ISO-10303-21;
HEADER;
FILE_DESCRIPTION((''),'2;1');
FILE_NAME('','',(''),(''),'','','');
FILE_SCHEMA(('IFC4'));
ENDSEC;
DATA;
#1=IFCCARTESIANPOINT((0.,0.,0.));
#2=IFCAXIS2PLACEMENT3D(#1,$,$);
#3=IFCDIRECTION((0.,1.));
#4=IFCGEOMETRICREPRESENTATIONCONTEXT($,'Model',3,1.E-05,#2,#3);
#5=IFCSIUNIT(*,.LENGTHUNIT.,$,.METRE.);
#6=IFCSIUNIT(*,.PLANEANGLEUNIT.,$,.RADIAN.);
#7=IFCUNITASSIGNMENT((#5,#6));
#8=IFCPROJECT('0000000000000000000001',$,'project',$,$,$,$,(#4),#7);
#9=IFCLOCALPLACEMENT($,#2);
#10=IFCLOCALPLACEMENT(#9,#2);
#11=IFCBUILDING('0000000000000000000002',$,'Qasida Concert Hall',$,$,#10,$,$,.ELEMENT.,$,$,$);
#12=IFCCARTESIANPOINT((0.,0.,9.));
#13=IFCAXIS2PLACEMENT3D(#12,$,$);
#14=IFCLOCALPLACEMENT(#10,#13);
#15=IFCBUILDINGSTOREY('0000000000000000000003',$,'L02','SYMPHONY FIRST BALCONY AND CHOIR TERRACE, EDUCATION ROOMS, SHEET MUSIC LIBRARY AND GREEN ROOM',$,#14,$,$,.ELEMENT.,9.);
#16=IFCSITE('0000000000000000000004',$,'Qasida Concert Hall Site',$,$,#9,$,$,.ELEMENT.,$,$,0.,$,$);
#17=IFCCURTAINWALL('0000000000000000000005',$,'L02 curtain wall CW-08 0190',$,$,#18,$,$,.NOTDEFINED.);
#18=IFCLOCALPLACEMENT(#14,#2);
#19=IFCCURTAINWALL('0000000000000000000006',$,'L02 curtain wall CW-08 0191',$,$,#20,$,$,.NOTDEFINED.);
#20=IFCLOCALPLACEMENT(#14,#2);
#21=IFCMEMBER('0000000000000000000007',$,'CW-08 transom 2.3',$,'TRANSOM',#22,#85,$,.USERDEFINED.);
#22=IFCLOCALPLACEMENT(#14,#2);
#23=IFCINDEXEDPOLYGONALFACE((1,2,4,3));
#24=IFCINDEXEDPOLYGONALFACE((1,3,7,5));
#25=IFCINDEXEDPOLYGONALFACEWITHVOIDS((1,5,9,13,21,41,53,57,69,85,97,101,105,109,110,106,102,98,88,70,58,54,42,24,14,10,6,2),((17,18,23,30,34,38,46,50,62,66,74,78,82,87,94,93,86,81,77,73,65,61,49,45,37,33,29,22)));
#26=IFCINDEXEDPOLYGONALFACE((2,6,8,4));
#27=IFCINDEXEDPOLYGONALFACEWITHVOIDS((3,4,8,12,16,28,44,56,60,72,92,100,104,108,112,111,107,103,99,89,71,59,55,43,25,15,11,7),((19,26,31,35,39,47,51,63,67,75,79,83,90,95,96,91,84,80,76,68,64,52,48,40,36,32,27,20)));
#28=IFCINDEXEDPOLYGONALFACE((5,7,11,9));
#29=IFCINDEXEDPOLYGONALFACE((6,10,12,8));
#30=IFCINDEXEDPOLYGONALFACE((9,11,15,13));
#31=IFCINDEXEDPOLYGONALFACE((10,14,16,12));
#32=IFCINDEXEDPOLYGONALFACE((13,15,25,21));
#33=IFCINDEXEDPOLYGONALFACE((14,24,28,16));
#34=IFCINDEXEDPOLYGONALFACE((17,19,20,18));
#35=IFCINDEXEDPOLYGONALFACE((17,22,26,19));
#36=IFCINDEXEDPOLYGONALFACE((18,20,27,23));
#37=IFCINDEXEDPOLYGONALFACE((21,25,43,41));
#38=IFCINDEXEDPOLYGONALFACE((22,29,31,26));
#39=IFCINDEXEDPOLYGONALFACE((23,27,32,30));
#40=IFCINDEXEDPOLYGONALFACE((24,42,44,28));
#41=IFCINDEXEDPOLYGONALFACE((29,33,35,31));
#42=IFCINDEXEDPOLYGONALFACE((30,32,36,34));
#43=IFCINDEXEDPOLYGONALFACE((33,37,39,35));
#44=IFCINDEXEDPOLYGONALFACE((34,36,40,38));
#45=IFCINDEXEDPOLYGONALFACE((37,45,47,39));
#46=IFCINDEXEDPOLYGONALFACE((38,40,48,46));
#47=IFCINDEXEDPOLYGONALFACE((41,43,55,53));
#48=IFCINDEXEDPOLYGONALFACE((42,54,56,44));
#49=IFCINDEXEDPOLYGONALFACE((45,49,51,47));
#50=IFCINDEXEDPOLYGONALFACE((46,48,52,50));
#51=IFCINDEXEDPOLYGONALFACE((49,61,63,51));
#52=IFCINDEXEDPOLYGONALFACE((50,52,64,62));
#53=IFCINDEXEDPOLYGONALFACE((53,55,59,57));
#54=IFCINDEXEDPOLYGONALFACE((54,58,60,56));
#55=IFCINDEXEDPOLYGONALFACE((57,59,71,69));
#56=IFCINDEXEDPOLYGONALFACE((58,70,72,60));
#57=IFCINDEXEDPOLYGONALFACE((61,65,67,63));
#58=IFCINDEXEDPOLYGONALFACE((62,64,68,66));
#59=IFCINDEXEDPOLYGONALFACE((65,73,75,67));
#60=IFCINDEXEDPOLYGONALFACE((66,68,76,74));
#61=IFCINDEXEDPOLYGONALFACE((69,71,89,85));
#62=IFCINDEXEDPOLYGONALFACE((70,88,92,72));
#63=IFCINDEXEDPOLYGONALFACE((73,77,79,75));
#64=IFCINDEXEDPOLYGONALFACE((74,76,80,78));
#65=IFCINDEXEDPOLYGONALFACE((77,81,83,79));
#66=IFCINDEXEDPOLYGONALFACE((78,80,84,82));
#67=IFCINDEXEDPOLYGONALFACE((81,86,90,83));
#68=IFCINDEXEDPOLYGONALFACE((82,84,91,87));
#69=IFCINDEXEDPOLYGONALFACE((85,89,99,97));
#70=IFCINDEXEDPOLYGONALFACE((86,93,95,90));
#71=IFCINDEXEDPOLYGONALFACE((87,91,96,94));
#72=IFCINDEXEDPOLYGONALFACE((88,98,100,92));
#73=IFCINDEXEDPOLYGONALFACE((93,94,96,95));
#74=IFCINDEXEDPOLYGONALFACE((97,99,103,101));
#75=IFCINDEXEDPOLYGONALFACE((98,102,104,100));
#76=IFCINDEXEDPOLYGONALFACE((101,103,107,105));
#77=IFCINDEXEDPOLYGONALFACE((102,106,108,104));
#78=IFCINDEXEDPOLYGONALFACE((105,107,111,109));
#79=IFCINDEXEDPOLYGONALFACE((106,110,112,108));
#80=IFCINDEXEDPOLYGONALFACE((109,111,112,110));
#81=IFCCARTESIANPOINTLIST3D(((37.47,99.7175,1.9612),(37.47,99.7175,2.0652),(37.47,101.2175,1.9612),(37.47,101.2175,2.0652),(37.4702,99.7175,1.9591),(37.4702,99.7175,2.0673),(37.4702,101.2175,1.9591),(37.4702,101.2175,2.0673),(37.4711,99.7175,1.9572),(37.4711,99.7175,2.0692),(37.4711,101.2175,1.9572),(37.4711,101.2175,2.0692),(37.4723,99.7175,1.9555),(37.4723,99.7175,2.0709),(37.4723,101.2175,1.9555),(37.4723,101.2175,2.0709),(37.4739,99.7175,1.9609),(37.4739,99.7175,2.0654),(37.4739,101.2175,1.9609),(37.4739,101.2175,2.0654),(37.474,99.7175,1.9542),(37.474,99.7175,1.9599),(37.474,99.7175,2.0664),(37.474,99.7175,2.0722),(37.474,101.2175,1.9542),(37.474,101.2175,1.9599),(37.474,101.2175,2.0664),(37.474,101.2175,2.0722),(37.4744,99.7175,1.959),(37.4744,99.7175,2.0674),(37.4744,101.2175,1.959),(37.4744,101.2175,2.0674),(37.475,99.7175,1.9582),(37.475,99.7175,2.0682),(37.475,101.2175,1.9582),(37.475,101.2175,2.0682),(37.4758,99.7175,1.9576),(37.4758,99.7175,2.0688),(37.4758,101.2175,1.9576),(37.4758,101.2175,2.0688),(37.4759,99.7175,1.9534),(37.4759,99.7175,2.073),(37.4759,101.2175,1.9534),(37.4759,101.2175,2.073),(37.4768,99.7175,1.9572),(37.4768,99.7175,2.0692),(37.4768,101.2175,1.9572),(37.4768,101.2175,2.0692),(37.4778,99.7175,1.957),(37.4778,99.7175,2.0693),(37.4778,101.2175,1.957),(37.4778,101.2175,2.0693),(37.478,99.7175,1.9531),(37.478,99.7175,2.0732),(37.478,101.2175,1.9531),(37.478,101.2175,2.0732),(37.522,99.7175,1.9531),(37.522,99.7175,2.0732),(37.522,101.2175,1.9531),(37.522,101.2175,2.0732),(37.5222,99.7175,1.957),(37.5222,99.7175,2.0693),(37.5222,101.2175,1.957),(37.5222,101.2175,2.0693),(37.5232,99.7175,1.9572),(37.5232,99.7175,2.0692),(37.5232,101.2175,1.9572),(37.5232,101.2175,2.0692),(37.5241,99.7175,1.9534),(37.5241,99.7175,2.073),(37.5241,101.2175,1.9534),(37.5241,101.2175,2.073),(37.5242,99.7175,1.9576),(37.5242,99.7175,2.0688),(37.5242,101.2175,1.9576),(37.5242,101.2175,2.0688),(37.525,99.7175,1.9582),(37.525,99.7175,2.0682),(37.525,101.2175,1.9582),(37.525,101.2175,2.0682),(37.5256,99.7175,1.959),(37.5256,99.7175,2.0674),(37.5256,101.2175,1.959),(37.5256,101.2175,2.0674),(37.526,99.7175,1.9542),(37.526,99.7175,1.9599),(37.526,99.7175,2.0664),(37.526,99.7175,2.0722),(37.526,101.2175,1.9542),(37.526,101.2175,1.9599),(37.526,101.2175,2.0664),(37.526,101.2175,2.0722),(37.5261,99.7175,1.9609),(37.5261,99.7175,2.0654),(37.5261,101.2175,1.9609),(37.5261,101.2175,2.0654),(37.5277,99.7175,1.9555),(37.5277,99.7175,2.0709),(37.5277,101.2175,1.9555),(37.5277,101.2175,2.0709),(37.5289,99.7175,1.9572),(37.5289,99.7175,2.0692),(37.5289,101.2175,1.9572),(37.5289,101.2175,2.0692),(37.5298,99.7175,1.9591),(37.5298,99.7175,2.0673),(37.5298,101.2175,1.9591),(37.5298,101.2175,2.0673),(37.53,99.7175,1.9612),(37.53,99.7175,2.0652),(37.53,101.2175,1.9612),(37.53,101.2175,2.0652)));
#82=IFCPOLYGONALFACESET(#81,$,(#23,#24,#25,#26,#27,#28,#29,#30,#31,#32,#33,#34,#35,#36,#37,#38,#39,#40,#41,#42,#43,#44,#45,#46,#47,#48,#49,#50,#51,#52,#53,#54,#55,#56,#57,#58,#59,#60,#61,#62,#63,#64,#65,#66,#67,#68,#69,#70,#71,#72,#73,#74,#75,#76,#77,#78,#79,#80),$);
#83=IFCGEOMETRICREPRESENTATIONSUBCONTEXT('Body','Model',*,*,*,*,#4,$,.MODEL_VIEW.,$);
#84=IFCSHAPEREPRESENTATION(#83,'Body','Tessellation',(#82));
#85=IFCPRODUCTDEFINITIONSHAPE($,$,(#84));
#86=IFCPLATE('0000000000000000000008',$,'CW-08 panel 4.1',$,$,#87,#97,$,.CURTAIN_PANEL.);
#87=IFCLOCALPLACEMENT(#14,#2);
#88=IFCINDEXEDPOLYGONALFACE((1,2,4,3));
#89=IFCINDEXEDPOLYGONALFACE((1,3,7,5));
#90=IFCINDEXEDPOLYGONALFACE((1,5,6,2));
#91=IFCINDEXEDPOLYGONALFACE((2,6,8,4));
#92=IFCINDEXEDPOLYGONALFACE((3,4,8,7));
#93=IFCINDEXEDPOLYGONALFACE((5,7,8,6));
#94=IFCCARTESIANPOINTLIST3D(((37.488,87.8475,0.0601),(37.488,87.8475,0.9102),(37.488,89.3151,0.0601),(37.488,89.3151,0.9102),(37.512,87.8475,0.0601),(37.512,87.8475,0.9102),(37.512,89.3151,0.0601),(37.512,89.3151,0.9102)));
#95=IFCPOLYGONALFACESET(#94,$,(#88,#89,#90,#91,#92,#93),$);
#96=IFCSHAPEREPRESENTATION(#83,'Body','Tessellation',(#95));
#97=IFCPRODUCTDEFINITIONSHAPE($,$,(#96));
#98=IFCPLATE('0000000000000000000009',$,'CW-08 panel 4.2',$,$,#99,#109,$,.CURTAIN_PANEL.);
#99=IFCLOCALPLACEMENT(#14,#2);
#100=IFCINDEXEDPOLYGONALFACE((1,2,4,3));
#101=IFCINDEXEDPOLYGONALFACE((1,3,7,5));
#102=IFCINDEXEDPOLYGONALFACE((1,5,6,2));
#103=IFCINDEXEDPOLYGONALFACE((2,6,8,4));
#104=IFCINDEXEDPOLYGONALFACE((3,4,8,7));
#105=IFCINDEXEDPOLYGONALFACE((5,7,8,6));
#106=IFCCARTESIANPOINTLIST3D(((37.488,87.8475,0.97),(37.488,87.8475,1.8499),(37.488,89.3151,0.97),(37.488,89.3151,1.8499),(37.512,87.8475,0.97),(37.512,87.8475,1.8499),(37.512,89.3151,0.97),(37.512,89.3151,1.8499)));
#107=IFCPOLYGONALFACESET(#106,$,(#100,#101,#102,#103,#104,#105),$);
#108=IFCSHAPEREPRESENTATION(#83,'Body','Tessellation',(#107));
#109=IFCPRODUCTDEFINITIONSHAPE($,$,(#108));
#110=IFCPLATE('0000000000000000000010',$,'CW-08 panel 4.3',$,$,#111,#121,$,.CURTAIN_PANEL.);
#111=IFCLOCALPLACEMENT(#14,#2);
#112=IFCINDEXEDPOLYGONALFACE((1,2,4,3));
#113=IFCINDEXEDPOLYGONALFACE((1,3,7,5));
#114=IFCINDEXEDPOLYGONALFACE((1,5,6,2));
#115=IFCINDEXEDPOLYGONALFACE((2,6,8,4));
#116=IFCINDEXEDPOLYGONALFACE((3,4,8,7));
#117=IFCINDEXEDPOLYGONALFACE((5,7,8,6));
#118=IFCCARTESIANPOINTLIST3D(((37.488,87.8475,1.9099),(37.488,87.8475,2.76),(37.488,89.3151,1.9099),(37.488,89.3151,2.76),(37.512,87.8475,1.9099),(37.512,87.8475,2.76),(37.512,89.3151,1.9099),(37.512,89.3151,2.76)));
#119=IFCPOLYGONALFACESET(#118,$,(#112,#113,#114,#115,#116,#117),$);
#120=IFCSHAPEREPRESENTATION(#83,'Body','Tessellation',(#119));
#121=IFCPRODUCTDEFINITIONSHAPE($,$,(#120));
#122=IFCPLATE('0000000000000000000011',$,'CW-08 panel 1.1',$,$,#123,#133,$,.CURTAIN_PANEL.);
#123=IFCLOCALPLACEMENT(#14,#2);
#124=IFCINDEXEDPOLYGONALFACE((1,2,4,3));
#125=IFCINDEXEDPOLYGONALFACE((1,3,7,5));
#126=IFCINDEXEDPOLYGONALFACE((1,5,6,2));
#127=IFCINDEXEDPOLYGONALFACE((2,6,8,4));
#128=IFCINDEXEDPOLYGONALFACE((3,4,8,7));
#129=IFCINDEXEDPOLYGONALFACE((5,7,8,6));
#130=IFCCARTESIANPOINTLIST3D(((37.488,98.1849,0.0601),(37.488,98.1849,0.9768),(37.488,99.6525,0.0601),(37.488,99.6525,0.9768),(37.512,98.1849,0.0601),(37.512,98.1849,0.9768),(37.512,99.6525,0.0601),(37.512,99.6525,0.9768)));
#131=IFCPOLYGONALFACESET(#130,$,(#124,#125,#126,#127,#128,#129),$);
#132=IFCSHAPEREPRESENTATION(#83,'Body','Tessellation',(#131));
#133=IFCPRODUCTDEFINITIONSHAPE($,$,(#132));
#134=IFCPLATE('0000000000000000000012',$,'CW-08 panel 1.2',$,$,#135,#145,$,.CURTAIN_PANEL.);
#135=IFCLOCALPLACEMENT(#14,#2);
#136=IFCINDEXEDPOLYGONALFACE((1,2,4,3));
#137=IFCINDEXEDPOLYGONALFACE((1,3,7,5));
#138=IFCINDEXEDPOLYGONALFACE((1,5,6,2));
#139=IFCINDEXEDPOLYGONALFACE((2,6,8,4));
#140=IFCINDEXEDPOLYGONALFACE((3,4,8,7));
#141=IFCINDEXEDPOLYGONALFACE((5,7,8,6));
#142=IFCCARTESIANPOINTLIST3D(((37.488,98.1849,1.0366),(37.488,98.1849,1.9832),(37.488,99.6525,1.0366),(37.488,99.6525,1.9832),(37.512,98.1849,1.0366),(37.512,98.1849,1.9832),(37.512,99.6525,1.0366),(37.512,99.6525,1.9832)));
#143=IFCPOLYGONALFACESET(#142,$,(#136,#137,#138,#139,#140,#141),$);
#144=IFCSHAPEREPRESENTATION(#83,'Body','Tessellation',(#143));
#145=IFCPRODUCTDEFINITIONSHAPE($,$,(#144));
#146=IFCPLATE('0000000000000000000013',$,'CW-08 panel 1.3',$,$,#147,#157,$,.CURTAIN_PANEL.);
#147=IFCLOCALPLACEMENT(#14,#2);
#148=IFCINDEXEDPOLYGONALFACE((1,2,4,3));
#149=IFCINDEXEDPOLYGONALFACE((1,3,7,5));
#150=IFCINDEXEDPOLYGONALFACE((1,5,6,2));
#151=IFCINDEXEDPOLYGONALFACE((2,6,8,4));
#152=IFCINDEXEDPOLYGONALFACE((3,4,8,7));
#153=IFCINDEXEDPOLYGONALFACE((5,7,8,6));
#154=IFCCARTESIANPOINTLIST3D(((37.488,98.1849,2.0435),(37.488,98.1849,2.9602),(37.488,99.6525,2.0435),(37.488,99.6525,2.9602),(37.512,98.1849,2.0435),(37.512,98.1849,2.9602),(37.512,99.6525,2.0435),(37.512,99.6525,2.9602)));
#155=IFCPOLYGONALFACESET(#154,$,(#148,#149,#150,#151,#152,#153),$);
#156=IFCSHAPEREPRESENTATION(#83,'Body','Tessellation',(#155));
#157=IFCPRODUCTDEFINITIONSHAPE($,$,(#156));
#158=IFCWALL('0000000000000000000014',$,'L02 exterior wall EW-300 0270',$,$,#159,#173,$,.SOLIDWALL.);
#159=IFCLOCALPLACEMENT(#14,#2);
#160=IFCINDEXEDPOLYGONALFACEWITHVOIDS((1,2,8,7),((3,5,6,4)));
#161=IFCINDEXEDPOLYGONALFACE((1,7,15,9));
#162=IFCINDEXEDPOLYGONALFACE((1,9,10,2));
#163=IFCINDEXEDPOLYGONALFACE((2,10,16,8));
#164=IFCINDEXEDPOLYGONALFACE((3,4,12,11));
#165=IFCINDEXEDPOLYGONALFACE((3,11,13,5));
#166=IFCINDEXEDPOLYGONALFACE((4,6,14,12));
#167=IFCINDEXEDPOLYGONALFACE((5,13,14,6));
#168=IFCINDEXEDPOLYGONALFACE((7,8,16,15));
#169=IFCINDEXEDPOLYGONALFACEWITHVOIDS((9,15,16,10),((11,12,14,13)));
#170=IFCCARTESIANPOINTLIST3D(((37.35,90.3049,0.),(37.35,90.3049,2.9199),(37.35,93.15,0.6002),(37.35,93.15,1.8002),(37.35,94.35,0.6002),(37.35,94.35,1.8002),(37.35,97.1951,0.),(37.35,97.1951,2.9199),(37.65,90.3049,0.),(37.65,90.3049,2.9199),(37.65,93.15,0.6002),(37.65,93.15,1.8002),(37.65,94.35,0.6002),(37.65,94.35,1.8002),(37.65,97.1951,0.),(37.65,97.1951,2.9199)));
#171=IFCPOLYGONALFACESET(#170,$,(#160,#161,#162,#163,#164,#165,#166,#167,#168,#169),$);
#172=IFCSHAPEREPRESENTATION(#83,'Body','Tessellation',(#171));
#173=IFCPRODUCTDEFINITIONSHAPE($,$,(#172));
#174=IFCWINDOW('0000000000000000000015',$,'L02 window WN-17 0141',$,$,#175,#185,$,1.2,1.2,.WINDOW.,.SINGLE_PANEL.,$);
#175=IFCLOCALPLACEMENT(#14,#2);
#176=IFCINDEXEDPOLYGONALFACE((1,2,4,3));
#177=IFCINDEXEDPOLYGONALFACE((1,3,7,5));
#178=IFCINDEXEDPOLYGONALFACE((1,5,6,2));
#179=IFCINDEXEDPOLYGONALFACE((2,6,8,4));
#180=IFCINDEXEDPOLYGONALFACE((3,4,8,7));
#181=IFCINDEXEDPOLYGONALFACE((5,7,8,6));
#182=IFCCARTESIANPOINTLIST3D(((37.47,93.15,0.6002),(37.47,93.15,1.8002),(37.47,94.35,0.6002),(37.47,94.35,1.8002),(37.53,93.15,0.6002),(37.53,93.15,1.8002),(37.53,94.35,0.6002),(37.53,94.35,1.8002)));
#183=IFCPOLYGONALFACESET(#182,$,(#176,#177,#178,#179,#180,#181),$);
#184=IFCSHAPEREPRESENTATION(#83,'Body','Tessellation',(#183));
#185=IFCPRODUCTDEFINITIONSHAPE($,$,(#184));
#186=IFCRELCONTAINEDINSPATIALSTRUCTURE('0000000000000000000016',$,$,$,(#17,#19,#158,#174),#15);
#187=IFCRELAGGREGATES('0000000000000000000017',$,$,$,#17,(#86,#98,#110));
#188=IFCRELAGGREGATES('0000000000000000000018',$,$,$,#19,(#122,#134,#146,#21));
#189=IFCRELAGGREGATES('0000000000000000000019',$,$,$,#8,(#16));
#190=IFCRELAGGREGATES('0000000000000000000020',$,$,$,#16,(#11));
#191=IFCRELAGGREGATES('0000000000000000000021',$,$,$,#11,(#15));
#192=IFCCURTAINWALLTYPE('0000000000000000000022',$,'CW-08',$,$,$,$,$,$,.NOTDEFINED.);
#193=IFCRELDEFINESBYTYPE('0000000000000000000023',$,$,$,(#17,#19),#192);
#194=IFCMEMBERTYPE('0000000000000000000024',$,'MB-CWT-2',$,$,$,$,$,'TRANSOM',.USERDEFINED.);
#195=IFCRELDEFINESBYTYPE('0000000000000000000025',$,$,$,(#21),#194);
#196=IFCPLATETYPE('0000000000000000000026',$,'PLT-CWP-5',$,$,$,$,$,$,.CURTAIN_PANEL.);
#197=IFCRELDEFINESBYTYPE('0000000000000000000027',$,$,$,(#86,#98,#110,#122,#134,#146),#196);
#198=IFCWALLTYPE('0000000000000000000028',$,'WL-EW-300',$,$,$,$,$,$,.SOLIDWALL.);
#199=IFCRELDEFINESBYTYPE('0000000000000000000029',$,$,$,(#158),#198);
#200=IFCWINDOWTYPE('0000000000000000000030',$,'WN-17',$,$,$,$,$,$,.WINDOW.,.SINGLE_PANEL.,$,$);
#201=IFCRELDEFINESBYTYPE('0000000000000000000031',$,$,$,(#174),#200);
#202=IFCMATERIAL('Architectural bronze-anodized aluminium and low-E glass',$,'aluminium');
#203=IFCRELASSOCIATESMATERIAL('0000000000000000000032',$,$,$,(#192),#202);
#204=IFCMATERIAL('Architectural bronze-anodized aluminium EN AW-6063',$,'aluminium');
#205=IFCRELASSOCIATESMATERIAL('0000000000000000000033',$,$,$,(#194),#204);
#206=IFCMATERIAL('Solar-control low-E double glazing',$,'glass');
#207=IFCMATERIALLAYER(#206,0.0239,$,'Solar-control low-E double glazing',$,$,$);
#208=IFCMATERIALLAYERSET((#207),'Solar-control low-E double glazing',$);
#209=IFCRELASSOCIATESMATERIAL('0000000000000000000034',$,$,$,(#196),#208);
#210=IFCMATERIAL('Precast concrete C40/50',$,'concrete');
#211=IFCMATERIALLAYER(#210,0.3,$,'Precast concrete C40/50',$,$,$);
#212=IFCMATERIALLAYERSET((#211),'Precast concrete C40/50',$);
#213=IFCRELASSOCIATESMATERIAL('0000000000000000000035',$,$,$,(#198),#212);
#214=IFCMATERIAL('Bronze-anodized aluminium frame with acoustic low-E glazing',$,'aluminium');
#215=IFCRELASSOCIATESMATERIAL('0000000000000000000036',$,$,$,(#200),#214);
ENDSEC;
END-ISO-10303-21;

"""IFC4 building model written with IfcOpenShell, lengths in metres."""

from ifc_helpers import new_model, si_unit, direction, frame, frame_2d, origin, origin_2d, place, context, subcontext, project, spatial, rectangle, hollow_rectangle, extrude, material, layer, layer_set, material_profile, profile_set, type_object, element, fill, aggregate, save


model = new_model("IFC4")

# Units and contexts
model_context = context("Model", 3, precision=1e-05, world=origin(), true_north=direction((0.0, 1.0)))
body_context = subcontext(model_context, "Body", "Model", "MODEL_VIEW")
ifc_project = project(units=[si_unit("LENGTHUNIT", "METRE"), si_unit("PLANEANGLEUNIT", "RADIAN")], contexts=[model_context])

# Site, building, storey
site_placement = place(None, origin())
site = spatial("IfcSite", under=ifc_project, at=site_placement, Name="Qasida Concert Hall Site", CompositionType="ELEMENT", RefElevation=0.0)
building_placement = place(site_placement, origin())
building = spatial("IfcBuilding", under=site, at=building_placement, Name="Qasida Concert Hall", CompositionType="ELEMENT")
storey_placement = place(building_placement, frame((0.0, 0.0, 9.0)))
storey = spatial("IfcBuildingStorey", under=building, at=storey_placement, Name="L02", Description="SYMPHONY FIRST BALCONY AND CHOIR TERRACE, EDUCATION ROOMS, SHEET MUSIC LIBRARY AND GREEN ROOM", CompositionType="ELEMENT", Elevation=9.0)

# Curtain wall
ifc_material_1 = material(Name="Architectural bronze-anodized aluminium and low-E glass", Category="aluminium")
curtain_wall_type = type_object("IfcCurtainWallType", Name="CW-08", PredefinedType="NOTDEFINED", material=ifc_material_1)
curtain_wall_1_placement = place(storey_placement, origin())
curtain_wall_1 = element("IfcCurtainWall", 1, at=curtain_wall_1_placement, inside=storey, type_object=curtain_wall_type, Name="L02 curtain wall CW-08 0190", PredefinedType="NOTDEFINED")
ifc_material_2 = material(Name="Architectural bronze-anodized aluminium EN AW-6063", Category="aluminium")

# Curtain wall
curtain_wall_2_placement = place(storey_placement, origin())
curtain_wall_2 = element("IfcCurtainWall", 2, at=curtain_wall_2_placement, inside=storey, type_object=curtain_wall_type, Name="L02 curtain wall CW-08 0191", PredefinedType="NOTDEFINED")

# Member
ifc_material_profile_1 = material_profile(ifc_material_2, hollow_rectangle(XDim=0.0601, YDim=0.1201, WallThickness=0.0039, InnerFilletRadius=0.0039, OuterFilletRadius=0.0081, at=origin_2d()), Name="CWT 120x60x4")
ifc_profile_set_1 = profile_set([ifc_material_profile_1], Name="Architectural bronze-anodized aluminium EN AW-6063")
member_type_1 = type_object("IfcMemberType", Name="MB-CWT-2", ElementType="TRANSOM", PredefinedType="USERDEFINED", material=ifc_profile_set_1)
member_1_placement = place(storey_placement, frame((37.5, 99.7175, 2.0132), z_axis=(0.0, 1.0, 0.0), x_axis=(-1.0, 0.0, 0.0)))
member_1 = element("IfcMember", 3, at=member_1_placement, type_object=member_type_1, Name="CW-08 transom 2.3", ObjectType="TRANSOM", PredefinedType="USERDEFINED", context=body_context, shape_type="SweptSolid", body=[
    extrude(hollow_rectangle(XDim=0.0601, YDim=0.1201, WallThickness=0.0039, InnerFilletRadius=0.0039, OuterFilletRadius=0.0081, at=origin_2d()), origin(), (0.0, 0.0, 1.0), 1.5),
])

# Plates
ifc_material_3 = material(Name="Solar-control low-E double glazing", Category="glass")
ifc_layer_1 = layer(ifc_material_3, 0.0239, Name="Solar-control low-E double glazing")
ifc_layer_set_1 = layer_set([ifc_layer_1], Name="Solar-control low-E double glazing")
plate_type = type_object("IfcPlateType", Name="PLT-CWP-5", PredefinedType="CURTAIN_PANEL", material=ifc_layer_set_1)
plate_1_placement = place(storey_placement, frame((37.5, 88.5813, 0.0601), z_axis=(0.0, 0.0, 1.0), x_axis=(0.0, 1.0, 0.0)))
plate_1 = element("IfcPlate", 4, at=plate_1_placement, type_object=plate_type, Name="CW-08 panel 4.1", PredefinedType="CURTAIN_PANEL", context=body_context, shape_type="SweptSolid", body=[
    extrude(rectangle(XDim=1.4675, YDim=0.0239, at=origin_2d()), origin(), (0.0, 0.0, 1.0), 0.8501),
])
plate_2_placement = place(storey_placement, frame((37.5, 88.5813, 0.97), z_axis=(0.0, 0.0, 1.0), x_axis=(0.0, 1.0, 0.0)))
plate_2 = element("IfcPlate", 5, at=plate_2_placement, type_object=plate_type, Name="CW-08 panel 4.2", PredefinedType="CURTAIN_PANEL", context=body_context, shape_type="SweptSolid", body=[
    extrude(rectangle(XDim=1.4675, YDim=0.0239, at=origin_2d()), origin(), (0.0, 0.0, 1.0), 0.8799),
])
plate_3_placement = place(storey_placement, frame((37.5, 88.5813, 1.9099), z_axis=(0.0, 0.0, 1.0), x_axis=(0.0, 1.0, 0.0)))
plate_3 = element("IfcPlate", 6, at=plate_3_placement, type_object=plate_type, Name="CW-08 panel 4.3", PredefinedType="CURTAIN_PANEL", context=body_context, shape_type="SweptSolid", body=[
    extrude(rectangle(XDim=1.4675, YDim=0.0239, at=origin_2d()), origin(), (0.0, 0.0, 1.0), 0.8501),
])
aggregate(curtain_wall_1, [plate_1, plate_2, plate_3])
plate_4_placement = place(storey_placement, frame((37.5, 98.9187, 0.0601), z_axis=(0.0, 0.0, 1.0), x_axis=(0.0, 1.0, 0.0)))
plate_4 = element("IfcPlate", 7, at=plate_4_placement, type_object=plate_type, Name="CW-08 panel 1.1", PredefinedType="CURTAIN_PANEL", context=body_context, shape_type="SweptSolid", body=[
    extrude(rectangle(XDim=1.4675, YDim=0.0239, at=origin_2d()), origin(), (0.0, 0.0, 1.0), 0.9167),
])
plate_5_placement = place(storey_placement, frame((37.5, 98.9187, 1.0366), z_axis=(0.0, 0.0, 1.0), x_axis=(0.0, 1.0, 0.0)))
plate_5 = element("IfcPlate", 8, at=plate_5_placement, type_object=plate_type, Name="CW-08 panel 1.2", PredefinedType="CURTAIN_PANEL", context=body_context, shape_type="SweptSolid", body=[
    extrude(rectangle(XDim=1.4675, YDim=0.0239, at=origin_2d()), origin(), (0.0, 0.0, 1.0), 0.9465),
])
plate_6_placement = place(storey_placement, frame((37.5, 98.9187, 2.0435), z_axis=(0.0, 0.0, 1.0), x_axis=(0.0, 1.0, 0.0)))
plate_6 = element("IfcPlate", 9, at=plate_6_placement, type_object=plate_type, Name="CW-08 panel 1.3", PredefinedType="CURTAIN_PANEL", context=body_context, shape_type="SweptSolid", body=[
    extrude(rectangle(XDim=1.4675, YDim=0.0239, at=origin_2d()), origin(), (0.0, 0.0, 1.0), 0.9167),
])
aggregate(curtain_wall_2, [plate_4, plate_5, plate_6, member_1])

# Wall, opening, window
ifc_material_4 = material(Name="Precast concrete C40/50", Category="concrete")
ifc_layer_2 = layer(ifc_material_4, 0.3, Name="Precast concrete C40/50")
ifc_layer_set_2 = layer_set([ifc_layer_2], Name="Precast concrete C40/50")
wall_type = type_object("IfcWallType", Name="WL-EW-300", PredefinedType="SOLIDWALL", material=ifc_layer_set_2)
wall_placement = place(storey_placement, frame((37.5, 90.3049, 0.0), z_axis=(0.0, 0.0, 1.0), x_axis=(0.0, 1.0, 0.0)))
wall = element("IfcWall", 10, at=wall_placement, inside=storey, type_object=wall_type, Name="L02 exterior wall EW-300 0270", PredefinedType="SOLIDWALL", context=body_context, shape_type="SweptSolid", body=[
    extrude(rectangle(XDim=6.8901, YDim=0.3, at=frame_2d((3.4451, 0.0))), origin(), (0.0, 0.0, 1.0), 2.9199),
])
opening_placement = place(wall_placement, frame((2.845, 0.0, 0.6001)))
opening = element("IfcOpeningElement", 11, at=opening_placement, cuts=wall, PredefinedType="OPENING", context=body_context, shape_type="SweptSolid", body=[
    extrude(rectangle(XDim=1.2, YDim=1.2, at=frame_2d((0.6001, 0.6001))), frame((0.0, 0.1599, 0.0), z_axis=(0.0, -1.0, 0.0), x_axis=(1.0, 0.0, 0.0)), (0.0, 0.0, 1.0), 0.3201),
])
ifc_material_5 = material(Name="Bronze-anodized aluminium frame with acoustic low-E glazing", Category="aluminium")
window_type = type_object("IfcWindowType", Name="WN-17", PartitioningType="SINGLE_PANEL", PredefinedType="WINDOW", material=ifc_material_5)
window_placement = place(opening_placement, origin())
window = element("IfcWindow", 12, at=window_placement, inside=storey, type_object=window_type, Name="L02 window WN-17 0141", OverallHeight=1.2, OverallWidth=1.2, PartitioningType="SINGLE_PANEL", PredefinedType="WINDOW", context=body_context, shape_type="SweptSolid", body=[
    extrude(rectangle(XDim=1.2, YDim=1.2, at=frame_2d((0.6001, 0.6001))), frame((0.0, 0.03, 0.0), z_axis=(0.0, -1.0, 0.0), x_axis=(1.0, 0.0, 0.0)), (0.0, 0.0, 1.0), 0.0601),
])
fill(opening, window)

save(model, "model.ifc")
